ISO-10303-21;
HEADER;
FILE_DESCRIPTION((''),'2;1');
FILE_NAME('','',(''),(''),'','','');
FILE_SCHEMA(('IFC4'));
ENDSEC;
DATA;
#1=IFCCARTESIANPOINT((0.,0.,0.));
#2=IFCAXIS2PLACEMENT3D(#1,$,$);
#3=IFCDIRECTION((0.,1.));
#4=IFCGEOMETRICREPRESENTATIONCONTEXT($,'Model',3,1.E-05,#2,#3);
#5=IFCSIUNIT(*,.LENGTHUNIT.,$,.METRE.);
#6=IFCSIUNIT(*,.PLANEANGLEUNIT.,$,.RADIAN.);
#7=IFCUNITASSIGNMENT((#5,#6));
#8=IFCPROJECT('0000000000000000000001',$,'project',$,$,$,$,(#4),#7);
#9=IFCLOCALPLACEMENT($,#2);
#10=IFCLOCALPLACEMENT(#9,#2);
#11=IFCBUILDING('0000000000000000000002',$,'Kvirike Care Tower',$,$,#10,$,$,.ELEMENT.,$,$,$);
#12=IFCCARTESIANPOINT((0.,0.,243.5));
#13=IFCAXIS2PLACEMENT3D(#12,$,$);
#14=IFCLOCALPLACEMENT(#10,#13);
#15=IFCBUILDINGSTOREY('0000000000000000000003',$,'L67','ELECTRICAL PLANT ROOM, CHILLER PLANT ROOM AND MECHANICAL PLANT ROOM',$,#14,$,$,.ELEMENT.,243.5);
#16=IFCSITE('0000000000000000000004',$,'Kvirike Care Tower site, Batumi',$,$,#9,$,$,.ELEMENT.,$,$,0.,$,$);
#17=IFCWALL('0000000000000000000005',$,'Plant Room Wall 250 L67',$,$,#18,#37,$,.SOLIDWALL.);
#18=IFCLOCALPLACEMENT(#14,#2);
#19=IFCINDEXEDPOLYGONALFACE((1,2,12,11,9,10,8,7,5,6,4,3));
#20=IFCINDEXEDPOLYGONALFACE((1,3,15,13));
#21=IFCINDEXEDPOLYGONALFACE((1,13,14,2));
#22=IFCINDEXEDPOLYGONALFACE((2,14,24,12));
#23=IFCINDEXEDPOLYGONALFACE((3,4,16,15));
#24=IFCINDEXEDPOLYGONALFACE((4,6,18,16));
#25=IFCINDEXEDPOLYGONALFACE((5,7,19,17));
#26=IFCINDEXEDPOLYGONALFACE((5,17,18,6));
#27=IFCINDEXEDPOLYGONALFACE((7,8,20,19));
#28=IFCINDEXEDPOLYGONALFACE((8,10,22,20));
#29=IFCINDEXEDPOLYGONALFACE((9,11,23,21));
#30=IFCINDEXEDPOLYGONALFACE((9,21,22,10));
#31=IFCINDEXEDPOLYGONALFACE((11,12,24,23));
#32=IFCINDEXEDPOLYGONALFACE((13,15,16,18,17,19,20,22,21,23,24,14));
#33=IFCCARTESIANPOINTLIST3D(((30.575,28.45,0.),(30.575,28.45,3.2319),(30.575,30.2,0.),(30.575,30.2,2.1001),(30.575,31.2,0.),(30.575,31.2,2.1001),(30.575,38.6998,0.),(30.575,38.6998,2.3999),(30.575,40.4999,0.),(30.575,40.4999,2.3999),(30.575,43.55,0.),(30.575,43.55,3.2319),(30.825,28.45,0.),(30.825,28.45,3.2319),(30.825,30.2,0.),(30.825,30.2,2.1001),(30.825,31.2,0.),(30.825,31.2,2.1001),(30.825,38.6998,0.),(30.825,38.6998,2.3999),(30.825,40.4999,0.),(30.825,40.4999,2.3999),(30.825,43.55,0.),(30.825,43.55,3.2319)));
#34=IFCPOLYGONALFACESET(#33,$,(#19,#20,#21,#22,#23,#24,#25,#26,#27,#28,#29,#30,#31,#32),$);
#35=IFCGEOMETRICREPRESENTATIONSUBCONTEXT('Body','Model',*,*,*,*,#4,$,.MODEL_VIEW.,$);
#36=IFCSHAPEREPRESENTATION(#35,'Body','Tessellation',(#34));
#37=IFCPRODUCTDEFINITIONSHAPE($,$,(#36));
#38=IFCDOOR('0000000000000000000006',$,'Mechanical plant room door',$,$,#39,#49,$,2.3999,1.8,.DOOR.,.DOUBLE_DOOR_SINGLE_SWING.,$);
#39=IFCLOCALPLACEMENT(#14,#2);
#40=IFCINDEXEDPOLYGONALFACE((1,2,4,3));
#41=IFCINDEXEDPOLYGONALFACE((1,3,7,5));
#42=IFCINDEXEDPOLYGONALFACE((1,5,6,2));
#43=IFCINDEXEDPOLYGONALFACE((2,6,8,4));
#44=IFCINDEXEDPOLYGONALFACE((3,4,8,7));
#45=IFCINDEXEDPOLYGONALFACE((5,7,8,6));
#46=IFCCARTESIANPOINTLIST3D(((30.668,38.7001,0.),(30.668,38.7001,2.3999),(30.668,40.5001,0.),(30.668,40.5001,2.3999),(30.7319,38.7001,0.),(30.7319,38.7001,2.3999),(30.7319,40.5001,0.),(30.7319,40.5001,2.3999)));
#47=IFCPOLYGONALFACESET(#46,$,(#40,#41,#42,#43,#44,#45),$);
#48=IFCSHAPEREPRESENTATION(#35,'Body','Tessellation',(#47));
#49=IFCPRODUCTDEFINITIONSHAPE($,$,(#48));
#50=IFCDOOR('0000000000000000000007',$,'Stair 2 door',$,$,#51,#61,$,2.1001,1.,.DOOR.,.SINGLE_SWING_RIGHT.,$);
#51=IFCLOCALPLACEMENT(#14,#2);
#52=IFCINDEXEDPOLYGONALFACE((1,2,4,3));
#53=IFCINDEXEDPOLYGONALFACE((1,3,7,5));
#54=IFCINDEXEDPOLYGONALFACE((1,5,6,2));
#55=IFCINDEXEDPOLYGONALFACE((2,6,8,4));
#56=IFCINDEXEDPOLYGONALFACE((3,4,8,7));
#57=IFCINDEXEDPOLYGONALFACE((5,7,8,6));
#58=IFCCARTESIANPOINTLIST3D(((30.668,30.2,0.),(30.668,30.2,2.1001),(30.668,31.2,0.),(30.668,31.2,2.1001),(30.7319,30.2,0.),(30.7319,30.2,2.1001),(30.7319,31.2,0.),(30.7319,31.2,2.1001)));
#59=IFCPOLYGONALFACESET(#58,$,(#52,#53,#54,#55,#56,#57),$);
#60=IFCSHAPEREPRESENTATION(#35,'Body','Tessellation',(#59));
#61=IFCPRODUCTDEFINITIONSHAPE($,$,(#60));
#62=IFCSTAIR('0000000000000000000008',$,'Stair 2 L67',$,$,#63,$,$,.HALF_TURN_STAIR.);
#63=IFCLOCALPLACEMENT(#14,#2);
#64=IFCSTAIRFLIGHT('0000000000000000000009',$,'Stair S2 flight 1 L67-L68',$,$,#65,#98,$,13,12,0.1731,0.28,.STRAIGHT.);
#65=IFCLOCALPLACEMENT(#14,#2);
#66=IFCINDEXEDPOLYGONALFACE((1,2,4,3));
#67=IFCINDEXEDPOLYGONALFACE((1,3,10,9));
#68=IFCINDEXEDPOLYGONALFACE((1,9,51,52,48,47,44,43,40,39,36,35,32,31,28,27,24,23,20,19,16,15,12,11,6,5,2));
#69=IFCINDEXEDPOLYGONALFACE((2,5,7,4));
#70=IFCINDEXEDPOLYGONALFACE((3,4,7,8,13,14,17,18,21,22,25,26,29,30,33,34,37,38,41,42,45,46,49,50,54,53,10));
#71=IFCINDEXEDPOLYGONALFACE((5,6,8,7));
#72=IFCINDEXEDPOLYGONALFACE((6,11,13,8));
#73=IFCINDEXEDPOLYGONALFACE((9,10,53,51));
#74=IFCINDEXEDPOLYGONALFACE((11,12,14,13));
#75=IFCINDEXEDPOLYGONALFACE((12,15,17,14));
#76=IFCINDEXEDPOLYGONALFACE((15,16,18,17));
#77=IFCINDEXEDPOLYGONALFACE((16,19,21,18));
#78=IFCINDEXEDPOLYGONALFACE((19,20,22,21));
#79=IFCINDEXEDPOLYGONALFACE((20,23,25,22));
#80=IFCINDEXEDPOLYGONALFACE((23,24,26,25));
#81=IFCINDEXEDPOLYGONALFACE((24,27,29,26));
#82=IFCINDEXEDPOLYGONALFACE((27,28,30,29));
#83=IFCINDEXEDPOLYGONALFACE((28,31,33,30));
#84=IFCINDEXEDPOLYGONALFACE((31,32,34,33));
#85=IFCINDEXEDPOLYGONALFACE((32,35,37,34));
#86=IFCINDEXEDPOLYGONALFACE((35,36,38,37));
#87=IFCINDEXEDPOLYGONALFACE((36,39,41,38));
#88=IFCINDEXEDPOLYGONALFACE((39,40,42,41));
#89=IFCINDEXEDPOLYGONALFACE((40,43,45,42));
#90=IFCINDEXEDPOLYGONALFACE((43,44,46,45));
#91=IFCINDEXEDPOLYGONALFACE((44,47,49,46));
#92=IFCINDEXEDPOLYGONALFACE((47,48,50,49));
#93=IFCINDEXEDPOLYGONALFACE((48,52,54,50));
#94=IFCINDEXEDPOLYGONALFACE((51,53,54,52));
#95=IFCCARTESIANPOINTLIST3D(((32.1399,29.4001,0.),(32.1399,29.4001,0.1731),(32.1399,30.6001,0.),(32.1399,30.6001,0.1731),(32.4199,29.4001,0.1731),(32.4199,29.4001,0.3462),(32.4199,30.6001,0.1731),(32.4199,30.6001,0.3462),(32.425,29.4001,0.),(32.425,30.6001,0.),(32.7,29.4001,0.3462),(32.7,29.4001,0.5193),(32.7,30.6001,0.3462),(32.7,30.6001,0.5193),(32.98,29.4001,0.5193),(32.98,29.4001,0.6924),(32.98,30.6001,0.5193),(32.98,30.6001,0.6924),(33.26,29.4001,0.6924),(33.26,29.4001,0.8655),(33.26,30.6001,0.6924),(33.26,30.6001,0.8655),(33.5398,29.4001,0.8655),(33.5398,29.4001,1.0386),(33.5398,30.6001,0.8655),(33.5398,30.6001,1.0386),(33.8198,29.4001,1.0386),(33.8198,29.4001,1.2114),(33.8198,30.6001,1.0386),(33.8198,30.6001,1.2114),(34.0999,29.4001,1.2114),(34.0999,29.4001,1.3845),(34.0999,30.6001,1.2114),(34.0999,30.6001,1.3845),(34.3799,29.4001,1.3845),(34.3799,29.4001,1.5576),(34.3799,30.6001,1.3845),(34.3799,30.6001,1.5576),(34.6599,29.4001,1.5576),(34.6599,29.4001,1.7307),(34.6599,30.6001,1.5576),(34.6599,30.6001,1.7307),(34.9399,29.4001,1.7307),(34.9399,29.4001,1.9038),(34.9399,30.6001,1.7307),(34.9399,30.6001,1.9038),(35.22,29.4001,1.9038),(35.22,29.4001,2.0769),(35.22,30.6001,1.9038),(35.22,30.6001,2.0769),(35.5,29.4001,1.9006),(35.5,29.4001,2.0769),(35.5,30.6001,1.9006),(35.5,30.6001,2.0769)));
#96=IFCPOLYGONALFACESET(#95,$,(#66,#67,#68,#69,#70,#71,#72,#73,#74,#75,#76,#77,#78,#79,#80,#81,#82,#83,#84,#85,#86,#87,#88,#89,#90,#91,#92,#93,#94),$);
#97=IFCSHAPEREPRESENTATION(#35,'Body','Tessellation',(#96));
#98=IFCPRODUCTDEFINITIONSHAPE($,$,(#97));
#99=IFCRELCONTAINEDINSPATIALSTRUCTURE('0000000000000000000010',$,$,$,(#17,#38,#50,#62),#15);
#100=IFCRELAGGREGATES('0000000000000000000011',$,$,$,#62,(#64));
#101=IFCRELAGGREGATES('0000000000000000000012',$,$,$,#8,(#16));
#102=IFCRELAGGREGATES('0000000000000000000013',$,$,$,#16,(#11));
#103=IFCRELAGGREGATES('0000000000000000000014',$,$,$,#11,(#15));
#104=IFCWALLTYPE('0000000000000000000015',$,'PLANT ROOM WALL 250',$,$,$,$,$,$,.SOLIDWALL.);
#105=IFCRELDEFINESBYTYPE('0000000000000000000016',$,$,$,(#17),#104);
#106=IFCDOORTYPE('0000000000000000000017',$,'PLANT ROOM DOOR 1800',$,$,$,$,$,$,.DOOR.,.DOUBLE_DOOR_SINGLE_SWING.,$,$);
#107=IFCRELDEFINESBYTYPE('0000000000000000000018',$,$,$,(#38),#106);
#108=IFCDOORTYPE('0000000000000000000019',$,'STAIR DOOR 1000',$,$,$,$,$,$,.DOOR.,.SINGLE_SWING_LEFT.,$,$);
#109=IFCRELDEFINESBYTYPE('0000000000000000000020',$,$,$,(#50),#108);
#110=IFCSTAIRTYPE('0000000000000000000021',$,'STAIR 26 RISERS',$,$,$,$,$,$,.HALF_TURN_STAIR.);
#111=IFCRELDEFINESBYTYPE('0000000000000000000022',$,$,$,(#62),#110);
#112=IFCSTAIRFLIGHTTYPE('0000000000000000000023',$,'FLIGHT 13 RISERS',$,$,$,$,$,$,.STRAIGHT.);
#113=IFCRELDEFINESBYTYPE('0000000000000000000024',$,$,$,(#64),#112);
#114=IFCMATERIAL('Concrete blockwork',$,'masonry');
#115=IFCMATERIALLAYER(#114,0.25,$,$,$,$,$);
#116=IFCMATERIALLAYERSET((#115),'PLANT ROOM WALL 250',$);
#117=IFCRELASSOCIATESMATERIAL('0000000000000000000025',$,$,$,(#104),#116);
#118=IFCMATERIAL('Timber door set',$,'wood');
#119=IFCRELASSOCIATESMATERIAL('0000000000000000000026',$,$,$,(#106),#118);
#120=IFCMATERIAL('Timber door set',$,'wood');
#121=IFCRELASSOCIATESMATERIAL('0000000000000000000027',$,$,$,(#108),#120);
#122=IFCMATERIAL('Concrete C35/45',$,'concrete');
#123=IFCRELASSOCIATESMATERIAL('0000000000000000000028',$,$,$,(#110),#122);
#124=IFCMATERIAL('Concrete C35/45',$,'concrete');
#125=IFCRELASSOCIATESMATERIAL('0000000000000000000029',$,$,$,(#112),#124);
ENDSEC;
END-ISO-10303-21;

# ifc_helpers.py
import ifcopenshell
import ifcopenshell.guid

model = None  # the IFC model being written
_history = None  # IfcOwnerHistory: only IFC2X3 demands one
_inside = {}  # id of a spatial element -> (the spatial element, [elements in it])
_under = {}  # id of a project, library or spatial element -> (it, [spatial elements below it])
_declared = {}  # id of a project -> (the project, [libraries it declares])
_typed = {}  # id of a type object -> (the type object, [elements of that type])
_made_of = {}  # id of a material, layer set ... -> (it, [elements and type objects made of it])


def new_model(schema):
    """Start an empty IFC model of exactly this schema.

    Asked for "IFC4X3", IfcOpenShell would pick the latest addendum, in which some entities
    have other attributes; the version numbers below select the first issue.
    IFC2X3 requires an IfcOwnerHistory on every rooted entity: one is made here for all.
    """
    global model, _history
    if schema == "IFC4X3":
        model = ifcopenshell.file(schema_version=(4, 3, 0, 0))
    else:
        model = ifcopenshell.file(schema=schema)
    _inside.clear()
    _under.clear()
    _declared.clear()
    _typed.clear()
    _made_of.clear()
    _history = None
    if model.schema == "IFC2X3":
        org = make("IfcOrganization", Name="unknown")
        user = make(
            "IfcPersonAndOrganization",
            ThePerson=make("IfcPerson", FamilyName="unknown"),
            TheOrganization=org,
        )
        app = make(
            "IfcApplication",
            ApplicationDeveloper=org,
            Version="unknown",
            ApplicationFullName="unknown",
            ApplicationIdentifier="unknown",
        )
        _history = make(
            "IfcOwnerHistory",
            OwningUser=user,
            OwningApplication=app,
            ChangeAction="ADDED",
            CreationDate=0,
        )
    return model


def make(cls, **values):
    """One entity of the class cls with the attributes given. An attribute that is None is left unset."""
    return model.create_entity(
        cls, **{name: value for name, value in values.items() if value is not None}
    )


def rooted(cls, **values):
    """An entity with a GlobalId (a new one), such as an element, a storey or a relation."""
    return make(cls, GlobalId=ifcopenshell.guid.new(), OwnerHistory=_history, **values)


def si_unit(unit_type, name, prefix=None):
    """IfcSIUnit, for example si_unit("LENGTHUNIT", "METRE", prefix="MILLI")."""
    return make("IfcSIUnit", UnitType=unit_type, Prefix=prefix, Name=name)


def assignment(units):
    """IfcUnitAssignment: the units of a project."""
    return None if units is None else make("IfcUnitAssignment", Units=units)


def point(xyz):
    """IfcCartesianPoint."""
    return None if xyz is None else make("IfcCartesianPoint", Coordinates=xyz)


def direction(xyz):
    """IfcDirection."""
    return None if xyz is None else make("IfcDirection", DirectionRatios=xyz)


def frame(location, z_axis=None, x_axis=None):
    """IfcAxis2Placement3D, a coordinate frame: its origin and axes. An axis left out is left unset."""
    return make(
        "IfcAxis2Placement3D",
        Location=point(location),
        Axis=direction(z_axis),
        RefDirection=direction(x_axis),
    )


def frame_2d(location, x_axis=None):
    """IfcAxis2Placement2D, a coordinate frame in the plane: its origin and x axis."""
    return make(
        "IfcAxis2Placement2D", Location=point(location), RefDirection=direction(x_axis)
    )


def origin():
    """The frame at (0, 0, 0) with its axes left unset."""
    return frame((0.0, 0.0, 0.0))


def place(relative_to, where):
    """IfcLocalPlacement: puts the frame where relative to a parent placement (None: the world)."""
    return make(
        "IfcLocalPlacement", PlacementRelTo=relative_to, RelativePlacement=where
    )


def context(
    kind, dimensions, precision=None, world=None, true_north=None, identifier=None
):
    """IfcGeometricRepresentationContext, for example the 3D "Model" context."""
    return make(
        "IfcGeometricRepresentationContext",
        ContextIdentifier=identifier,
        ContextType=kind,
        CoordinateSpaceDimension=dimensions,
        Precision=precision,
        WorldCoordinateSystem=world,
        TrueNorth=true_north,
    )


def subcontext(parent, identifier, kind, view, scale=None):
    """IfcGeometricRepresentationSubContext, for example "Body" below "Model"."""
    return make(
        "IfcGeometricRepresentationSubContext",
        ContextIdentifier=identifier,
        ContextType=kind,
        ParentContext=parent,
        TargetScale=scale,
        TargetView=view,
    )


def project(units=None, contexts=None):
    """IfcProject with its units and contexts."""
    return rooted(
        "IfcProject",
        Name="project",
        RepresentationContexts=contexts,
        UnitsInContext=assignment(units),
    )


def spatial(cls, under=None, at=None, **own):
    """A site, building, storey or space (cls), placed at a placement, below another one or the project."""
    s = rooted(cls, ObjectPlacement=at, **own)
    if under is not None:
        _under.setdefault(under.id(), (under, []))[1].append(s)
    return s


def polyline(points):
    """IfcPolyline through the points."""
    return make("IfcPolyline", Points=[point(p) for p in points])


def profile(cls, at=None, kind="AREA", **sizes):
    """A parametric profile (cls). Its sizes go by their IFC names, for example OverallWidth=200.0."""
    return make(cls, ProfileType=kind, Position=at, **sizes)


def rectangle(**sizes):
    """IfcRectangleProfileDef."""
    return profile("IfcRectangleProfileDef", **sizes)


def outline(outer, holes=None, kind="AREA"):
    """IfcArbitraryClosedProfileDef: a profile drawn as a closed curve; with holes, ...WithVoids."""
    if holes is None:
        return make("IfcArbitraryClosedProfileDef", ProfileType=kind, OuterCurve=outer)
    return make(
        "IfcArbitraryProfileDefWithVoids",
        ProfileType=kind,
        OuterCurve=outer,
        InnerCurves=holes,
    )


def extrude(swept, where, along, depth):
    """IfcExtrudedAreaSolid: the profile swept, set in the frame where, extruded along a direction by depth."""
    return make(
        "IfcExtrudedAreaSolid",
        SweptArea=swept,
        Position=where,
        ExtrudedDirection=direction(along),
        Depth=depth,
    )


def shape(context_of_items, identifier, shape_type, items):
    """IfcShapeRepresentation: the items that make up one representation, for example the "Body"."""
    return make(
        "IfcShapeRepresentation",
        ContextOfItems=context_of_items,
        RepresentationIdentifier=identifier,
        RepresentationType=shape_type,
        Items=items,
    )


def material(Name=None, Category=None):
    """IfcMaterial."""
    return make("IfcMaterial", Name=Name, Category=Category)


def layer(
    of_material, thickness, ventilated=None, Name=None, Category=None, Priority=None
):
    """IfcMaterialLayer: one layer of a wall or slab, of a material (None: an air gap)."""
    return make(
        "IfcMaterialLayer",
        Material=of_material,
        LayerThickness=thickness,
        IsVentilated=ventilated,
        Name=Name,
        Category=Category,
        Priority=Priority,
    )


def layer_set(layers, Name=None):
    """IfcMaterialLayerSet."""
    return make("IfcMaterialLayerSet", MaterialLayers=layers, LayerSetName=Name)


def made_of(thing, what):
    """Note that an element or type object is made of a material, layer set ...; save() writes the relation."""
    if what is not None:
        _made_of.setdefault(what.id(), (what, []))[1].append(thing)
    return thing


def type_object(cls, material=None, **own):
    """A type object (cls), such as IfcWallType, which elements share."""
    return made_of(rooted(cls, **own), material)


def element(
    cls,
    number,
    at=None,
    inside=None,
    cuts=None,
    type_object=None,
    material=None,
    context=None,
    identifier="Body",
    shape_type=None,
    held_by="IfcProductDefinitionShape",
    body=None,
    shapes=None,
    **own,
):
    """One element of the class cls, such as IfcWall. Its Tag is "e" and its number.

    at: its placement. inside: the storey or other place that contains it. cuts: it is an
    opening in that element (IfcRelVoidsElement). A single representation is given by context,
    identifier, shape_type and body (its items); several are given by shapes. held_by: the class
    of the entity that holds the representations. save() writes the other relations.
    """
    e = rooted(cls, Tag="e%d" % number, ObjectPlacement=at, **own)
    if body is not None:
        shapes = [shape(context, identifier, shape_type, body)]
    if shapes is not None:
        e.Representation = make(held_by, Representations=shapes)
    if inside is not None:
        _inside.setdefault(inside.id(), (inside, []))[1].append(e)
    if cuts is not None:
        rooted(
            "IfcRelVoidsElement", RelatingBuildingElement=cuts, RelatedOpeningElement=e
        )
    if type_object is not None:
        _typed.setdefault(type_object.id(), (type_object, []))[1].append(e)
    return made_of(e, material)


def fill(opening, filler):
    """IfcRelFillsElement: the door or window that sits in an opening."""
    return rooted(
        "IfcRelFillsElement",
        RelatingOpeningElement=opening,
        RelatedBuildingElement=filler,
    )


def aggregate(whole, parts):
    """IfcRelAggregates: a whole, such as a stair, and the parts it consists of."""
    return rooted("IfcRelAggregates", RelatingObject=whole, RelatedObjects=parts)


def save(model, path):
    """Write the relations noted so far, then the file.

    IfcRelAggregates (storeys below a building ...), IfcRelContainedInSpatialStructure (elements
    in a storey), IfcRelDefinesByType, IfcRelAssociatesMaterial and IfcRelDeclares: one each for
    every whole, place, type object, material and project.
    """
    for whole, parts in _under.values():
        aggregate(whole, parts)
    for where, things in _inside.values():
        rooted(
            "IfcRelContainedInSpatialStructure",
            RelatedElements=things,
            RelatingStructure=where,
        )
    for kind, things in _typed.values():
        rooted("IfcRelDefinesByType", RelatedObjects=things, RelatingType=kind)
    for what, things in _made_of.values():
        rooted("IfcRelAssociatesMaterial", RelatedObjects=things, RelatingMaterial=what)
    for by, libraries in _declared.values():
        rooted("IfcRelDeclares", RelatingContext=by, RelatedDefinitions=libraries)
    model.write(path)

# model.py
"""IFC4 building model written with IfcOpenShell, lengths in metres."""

from ifc_helpers import new_model, si_unit, direction, frame, frame_2d, origin, place, context, subcontext, project, spatial, polyline, rectangle, outline, extrude, material, layer, layer_set, type_object, element, fill, aggregate, save


model = new_model("IFC4")

# Units and contexts
model_context = context("Model", 3, precision=1e-05, world=origin(), true_north=direction((0.0, 1.0)))
body_context = subcontext(model_context, "Body", "Model", "MODEL_VIEW")
ifc_project = project(units=[si_unit("LENGTHUNIT", "METRE"), si_unit("PLANEANGLEUNIT", "RADIAN")], contexts=[model_context])

# Site, building, storey
site_placement = place(None, origin())
site = spatial("IfcSite", under=ifc_project, at=site_placement, Name="Kvirike Care Tower site, Batumi", CompositionType="ELEMENT", RefElevation=0.0)
building_placement = place(site_placement, origin())
building = spatial("IfcBuilding", under=site, at=building_placement, Name="Kvirike Care Tower", CompositionType="ELEMENT")
storey_placement = place(building_placement, frame((0.0, 0.0, 243.5)))
storey = spatial("IfcBuildingStorey", under=building, at=storey_placement, Name="L67", Description="ELECTRICAL PLANT ROOM, CHILLER PLANT ROOM AND MECHANICAL PLANT ROOM", CompositionType="ELEMENT", Elevation=243.5)

# Wall, openings, doors
ifc_material_1 = material(Name="Concrete blockwork", Category="masonry")
ifc_layer_1 = layer(ifc_material_1, 0.25)
ifc_layer_set_1 = layer_set([ifc_layer_1], Name="PLANT ROOM WALL 250")
wall_type = type_object("IfcWallType", Name="PLANT ROOM WALL 250", PredefinedType="SOLIDWALL", material=ifc_layer_set_1)
wall_placement = place(storey_placement, frame((30.7, 28.45, 0.0), z_axis=(0.0, 0.0, 1.0), x_axis=(0.0, 1.0, 0.0)))
wall = element("IfcWall", 1, at=wall_placement, inside=storey, type_object=wall_type, Name="Plant Room Wall 250 L67", PredefinedType="SOLIDWALL", context=body_context, shape_type="SweptSolid", body=[
    extrude(rectangle(XDim=15.1001, YDim=0.25, at=frame_2d((7.55, 0.0))), origin(), (0.0, 0.0, 1.0), 3.2319),
])
opening_1_placement = place(wall_placement, frame((1.75, 0.0, 0.0)))
opening_1 = element("IfcOpeningElement", 2, at=opening_1_placement, cuts=wall, PredefinedType="OPENING", context=body_context, shape_type="SweptSolid", body=[
    extrude(rectangle(XDim=1.0, YDim=2.1001, at=frame_2d((0.5, 1.05))), frame((0.0, 0.1355, 0.0), z_axis=(0.0, -1.0, 0.0), x_axis=(1.0, 0.0, 0.0)), (0.0, 0.0, 1.0), 0.271),
])
opening_2_placement = place(wall_placement, frame((10.25, 0.0, 0.0)))
opening_2 = element("IfcOpeningElement", 3, at=opening_2_placement, cuts=wall, PredefinedType="OPENING", context=body_context, shape_type="SweptSolid", body=[
    extrude(rectangle(XDim=1.8, YDim=2.3999, at=frame_2d((0.8999, 1.2))), frame((0.0, 0.1355, 0.0), z_axis=(0.0, -1.0, 0.0), x_axis=(1.0, 0.0, 0.0)), (0.0, 0.0, 1.0), 0.271),
])
ifc_material_2 = material(Name="Timber door set", Category="wood")
door_type_1 = type_object("IfcDoorType", Name="PLANT ROOM DOOR 1800", OperationType="DOUBLE_DOOR_SINGLE_SWING", PredefinedType="DOOR", material=ifc_material_2)
door_1_placement = place(opening_2_placement, frame((1.8, 0.0, 0.0), z_axis=(0.0, 0.0, 1.0), x_axis=(-1.0, 0.0, 0.0)))
door_1 = element("IfcDoor", 4, at=door_1_placement, inside=storey, type_object=door_type_1, Name="Mechanical plant room door", OperationType="DOUBLE_DOOR_SINGLE_SWING", OverallHeight=2.3999, OverallWidth=1.8, PredefinedType="DOOR", context=body_context, shape_type="SweptSolid", body=[
    extrude(rectangle(XDim=1.8, YDim=2.3999, at=frame_2d((0.8999, 1.2))), frame((0.0, 0.032, 0.0), z_axis=(0.0, -1.0, 0.0), x_axis=(1.0, 0.0, 0.0)), (0.0, 0.0, 1.0), 0.064),
])
fill(opening_2, door_1)
ifc_material_3 = material(Name="Timber door set", Category="wood")
door_type_2 = type_object("IfcDoorType", Name="STAIR DOOR 1000", OperationType="SINGLE_SWING_LEFT", PredefinedType="DOOR", material=ifc_material_3)
door_2_placement = place(opening_1_placement, frame((1.0, 0.0, 0.0), z_axis=(0.0, 0.0, 1.0), x_axis=(-1.0, 0.0, 0.0)))
door_2 = element("IfcDoor", 5, at=door_2_placement, inside=storey, type_object=door_type_2, Name="Stair 2 door", OperationType="SINGLE_SWING_RIGHT", OverallHeight=2.1001, OverallWidth=1.0, PredefinedType="DOOR", context=body_context, shape_type="SweptSolid", body=[
    extrude(rectangle(XDim=1.0, YDim=2.1001, at=frame_2d((0.5, 1.05))), frame((0.0, 0.032, 0.0), z_axis=(0.0, -1.0, 0.0), x_axis=(1.0, 0.0, 0.0)), (0.0, 0.0, 1.0), 0.064),
])
fill(opening_1, door_2)

# Stair, stair flight
ifc_material_4 = material(Name="Concrete C35/45", Category="concrete")
stair_type = type_object("IfcStairType", Name="STAIR 26 RISERS", PredefinedType="HALF_TURN_STAIR", material=ifc_material_4)
stair_placement = place(storey_placement, origin())
stair = element("IfcStair", 6, at=stair_placement, inside=storey, type_object=stair_type, Name="Stair 2 L67", PredefinedType="HALF_TURN_STAIR")
ifc_material_5 = material(Name="Concrete C35/45", Category="concrete")
stair_flight_type = type_object("IfcStairFlightType", Name="FLIGHT 13 RISERS", PredefinedType="STRAIGHT", material=ifc_material_5)
stair_flight_placement = place(storey_placement, frame((32.1399, 30.0, 0.0), z_axis=(0.0, 0.0, 1.0), x_axis=(1.0, 0.0, 0.0)))
stair_flight = element("IfcStairFlight", 7, at=stair_flight_placement, type_object=stair_flight_type, Name="Stair S2 flight 1 L67-L68", NumberOfRisers=13, NumberOfTreads=12, PredefinedType="STRAIGHT", RiserHeight=0.1731, TreadLength=0.28, context=body_context, shape_type="SweptSolid", body=[
    extrude(outline(polyline([(0.0, 0.0), (0.0, 0.1731), (0.28, 0.1731), (0.28, 0.3462), (0.5601, 0.3462), (0.5601, 0.5193), (0.8401, 0.5193), (0.8401, 0.6924), (1.1201, 0.6924), (1.1201, 0.8655), (1.3999, 0.8655), (1.3999, 1.0386), (1.6799, 1.0386), (1.6799, 1.2114), (1.96, 1.2114), (1.96, 1.3845), (2.24, 1.3845), (2.24, 1.5576), (2.52, 1.5576), (2.52, 1.7307), (2.8, 1.7307), (2.8, 1.9038), (3.0801, 1.9038), (3.0801, 2.0769), (3.3601, 2.0769), (3.3601, 2.25), (3.3601, 1.9006), (0.2852, 0.0), (0.0, 0.0)])), frame((0.0, 0.6001, 0.0), z_axis=(0.0, -1.0, 0.0), x_axis=(1.0, 0.0, 0.0)), (0.0, 0.0, 1.0), 1.2),
])
aggregate(stair, [stair_flight])

save(model, "model.ifc")
